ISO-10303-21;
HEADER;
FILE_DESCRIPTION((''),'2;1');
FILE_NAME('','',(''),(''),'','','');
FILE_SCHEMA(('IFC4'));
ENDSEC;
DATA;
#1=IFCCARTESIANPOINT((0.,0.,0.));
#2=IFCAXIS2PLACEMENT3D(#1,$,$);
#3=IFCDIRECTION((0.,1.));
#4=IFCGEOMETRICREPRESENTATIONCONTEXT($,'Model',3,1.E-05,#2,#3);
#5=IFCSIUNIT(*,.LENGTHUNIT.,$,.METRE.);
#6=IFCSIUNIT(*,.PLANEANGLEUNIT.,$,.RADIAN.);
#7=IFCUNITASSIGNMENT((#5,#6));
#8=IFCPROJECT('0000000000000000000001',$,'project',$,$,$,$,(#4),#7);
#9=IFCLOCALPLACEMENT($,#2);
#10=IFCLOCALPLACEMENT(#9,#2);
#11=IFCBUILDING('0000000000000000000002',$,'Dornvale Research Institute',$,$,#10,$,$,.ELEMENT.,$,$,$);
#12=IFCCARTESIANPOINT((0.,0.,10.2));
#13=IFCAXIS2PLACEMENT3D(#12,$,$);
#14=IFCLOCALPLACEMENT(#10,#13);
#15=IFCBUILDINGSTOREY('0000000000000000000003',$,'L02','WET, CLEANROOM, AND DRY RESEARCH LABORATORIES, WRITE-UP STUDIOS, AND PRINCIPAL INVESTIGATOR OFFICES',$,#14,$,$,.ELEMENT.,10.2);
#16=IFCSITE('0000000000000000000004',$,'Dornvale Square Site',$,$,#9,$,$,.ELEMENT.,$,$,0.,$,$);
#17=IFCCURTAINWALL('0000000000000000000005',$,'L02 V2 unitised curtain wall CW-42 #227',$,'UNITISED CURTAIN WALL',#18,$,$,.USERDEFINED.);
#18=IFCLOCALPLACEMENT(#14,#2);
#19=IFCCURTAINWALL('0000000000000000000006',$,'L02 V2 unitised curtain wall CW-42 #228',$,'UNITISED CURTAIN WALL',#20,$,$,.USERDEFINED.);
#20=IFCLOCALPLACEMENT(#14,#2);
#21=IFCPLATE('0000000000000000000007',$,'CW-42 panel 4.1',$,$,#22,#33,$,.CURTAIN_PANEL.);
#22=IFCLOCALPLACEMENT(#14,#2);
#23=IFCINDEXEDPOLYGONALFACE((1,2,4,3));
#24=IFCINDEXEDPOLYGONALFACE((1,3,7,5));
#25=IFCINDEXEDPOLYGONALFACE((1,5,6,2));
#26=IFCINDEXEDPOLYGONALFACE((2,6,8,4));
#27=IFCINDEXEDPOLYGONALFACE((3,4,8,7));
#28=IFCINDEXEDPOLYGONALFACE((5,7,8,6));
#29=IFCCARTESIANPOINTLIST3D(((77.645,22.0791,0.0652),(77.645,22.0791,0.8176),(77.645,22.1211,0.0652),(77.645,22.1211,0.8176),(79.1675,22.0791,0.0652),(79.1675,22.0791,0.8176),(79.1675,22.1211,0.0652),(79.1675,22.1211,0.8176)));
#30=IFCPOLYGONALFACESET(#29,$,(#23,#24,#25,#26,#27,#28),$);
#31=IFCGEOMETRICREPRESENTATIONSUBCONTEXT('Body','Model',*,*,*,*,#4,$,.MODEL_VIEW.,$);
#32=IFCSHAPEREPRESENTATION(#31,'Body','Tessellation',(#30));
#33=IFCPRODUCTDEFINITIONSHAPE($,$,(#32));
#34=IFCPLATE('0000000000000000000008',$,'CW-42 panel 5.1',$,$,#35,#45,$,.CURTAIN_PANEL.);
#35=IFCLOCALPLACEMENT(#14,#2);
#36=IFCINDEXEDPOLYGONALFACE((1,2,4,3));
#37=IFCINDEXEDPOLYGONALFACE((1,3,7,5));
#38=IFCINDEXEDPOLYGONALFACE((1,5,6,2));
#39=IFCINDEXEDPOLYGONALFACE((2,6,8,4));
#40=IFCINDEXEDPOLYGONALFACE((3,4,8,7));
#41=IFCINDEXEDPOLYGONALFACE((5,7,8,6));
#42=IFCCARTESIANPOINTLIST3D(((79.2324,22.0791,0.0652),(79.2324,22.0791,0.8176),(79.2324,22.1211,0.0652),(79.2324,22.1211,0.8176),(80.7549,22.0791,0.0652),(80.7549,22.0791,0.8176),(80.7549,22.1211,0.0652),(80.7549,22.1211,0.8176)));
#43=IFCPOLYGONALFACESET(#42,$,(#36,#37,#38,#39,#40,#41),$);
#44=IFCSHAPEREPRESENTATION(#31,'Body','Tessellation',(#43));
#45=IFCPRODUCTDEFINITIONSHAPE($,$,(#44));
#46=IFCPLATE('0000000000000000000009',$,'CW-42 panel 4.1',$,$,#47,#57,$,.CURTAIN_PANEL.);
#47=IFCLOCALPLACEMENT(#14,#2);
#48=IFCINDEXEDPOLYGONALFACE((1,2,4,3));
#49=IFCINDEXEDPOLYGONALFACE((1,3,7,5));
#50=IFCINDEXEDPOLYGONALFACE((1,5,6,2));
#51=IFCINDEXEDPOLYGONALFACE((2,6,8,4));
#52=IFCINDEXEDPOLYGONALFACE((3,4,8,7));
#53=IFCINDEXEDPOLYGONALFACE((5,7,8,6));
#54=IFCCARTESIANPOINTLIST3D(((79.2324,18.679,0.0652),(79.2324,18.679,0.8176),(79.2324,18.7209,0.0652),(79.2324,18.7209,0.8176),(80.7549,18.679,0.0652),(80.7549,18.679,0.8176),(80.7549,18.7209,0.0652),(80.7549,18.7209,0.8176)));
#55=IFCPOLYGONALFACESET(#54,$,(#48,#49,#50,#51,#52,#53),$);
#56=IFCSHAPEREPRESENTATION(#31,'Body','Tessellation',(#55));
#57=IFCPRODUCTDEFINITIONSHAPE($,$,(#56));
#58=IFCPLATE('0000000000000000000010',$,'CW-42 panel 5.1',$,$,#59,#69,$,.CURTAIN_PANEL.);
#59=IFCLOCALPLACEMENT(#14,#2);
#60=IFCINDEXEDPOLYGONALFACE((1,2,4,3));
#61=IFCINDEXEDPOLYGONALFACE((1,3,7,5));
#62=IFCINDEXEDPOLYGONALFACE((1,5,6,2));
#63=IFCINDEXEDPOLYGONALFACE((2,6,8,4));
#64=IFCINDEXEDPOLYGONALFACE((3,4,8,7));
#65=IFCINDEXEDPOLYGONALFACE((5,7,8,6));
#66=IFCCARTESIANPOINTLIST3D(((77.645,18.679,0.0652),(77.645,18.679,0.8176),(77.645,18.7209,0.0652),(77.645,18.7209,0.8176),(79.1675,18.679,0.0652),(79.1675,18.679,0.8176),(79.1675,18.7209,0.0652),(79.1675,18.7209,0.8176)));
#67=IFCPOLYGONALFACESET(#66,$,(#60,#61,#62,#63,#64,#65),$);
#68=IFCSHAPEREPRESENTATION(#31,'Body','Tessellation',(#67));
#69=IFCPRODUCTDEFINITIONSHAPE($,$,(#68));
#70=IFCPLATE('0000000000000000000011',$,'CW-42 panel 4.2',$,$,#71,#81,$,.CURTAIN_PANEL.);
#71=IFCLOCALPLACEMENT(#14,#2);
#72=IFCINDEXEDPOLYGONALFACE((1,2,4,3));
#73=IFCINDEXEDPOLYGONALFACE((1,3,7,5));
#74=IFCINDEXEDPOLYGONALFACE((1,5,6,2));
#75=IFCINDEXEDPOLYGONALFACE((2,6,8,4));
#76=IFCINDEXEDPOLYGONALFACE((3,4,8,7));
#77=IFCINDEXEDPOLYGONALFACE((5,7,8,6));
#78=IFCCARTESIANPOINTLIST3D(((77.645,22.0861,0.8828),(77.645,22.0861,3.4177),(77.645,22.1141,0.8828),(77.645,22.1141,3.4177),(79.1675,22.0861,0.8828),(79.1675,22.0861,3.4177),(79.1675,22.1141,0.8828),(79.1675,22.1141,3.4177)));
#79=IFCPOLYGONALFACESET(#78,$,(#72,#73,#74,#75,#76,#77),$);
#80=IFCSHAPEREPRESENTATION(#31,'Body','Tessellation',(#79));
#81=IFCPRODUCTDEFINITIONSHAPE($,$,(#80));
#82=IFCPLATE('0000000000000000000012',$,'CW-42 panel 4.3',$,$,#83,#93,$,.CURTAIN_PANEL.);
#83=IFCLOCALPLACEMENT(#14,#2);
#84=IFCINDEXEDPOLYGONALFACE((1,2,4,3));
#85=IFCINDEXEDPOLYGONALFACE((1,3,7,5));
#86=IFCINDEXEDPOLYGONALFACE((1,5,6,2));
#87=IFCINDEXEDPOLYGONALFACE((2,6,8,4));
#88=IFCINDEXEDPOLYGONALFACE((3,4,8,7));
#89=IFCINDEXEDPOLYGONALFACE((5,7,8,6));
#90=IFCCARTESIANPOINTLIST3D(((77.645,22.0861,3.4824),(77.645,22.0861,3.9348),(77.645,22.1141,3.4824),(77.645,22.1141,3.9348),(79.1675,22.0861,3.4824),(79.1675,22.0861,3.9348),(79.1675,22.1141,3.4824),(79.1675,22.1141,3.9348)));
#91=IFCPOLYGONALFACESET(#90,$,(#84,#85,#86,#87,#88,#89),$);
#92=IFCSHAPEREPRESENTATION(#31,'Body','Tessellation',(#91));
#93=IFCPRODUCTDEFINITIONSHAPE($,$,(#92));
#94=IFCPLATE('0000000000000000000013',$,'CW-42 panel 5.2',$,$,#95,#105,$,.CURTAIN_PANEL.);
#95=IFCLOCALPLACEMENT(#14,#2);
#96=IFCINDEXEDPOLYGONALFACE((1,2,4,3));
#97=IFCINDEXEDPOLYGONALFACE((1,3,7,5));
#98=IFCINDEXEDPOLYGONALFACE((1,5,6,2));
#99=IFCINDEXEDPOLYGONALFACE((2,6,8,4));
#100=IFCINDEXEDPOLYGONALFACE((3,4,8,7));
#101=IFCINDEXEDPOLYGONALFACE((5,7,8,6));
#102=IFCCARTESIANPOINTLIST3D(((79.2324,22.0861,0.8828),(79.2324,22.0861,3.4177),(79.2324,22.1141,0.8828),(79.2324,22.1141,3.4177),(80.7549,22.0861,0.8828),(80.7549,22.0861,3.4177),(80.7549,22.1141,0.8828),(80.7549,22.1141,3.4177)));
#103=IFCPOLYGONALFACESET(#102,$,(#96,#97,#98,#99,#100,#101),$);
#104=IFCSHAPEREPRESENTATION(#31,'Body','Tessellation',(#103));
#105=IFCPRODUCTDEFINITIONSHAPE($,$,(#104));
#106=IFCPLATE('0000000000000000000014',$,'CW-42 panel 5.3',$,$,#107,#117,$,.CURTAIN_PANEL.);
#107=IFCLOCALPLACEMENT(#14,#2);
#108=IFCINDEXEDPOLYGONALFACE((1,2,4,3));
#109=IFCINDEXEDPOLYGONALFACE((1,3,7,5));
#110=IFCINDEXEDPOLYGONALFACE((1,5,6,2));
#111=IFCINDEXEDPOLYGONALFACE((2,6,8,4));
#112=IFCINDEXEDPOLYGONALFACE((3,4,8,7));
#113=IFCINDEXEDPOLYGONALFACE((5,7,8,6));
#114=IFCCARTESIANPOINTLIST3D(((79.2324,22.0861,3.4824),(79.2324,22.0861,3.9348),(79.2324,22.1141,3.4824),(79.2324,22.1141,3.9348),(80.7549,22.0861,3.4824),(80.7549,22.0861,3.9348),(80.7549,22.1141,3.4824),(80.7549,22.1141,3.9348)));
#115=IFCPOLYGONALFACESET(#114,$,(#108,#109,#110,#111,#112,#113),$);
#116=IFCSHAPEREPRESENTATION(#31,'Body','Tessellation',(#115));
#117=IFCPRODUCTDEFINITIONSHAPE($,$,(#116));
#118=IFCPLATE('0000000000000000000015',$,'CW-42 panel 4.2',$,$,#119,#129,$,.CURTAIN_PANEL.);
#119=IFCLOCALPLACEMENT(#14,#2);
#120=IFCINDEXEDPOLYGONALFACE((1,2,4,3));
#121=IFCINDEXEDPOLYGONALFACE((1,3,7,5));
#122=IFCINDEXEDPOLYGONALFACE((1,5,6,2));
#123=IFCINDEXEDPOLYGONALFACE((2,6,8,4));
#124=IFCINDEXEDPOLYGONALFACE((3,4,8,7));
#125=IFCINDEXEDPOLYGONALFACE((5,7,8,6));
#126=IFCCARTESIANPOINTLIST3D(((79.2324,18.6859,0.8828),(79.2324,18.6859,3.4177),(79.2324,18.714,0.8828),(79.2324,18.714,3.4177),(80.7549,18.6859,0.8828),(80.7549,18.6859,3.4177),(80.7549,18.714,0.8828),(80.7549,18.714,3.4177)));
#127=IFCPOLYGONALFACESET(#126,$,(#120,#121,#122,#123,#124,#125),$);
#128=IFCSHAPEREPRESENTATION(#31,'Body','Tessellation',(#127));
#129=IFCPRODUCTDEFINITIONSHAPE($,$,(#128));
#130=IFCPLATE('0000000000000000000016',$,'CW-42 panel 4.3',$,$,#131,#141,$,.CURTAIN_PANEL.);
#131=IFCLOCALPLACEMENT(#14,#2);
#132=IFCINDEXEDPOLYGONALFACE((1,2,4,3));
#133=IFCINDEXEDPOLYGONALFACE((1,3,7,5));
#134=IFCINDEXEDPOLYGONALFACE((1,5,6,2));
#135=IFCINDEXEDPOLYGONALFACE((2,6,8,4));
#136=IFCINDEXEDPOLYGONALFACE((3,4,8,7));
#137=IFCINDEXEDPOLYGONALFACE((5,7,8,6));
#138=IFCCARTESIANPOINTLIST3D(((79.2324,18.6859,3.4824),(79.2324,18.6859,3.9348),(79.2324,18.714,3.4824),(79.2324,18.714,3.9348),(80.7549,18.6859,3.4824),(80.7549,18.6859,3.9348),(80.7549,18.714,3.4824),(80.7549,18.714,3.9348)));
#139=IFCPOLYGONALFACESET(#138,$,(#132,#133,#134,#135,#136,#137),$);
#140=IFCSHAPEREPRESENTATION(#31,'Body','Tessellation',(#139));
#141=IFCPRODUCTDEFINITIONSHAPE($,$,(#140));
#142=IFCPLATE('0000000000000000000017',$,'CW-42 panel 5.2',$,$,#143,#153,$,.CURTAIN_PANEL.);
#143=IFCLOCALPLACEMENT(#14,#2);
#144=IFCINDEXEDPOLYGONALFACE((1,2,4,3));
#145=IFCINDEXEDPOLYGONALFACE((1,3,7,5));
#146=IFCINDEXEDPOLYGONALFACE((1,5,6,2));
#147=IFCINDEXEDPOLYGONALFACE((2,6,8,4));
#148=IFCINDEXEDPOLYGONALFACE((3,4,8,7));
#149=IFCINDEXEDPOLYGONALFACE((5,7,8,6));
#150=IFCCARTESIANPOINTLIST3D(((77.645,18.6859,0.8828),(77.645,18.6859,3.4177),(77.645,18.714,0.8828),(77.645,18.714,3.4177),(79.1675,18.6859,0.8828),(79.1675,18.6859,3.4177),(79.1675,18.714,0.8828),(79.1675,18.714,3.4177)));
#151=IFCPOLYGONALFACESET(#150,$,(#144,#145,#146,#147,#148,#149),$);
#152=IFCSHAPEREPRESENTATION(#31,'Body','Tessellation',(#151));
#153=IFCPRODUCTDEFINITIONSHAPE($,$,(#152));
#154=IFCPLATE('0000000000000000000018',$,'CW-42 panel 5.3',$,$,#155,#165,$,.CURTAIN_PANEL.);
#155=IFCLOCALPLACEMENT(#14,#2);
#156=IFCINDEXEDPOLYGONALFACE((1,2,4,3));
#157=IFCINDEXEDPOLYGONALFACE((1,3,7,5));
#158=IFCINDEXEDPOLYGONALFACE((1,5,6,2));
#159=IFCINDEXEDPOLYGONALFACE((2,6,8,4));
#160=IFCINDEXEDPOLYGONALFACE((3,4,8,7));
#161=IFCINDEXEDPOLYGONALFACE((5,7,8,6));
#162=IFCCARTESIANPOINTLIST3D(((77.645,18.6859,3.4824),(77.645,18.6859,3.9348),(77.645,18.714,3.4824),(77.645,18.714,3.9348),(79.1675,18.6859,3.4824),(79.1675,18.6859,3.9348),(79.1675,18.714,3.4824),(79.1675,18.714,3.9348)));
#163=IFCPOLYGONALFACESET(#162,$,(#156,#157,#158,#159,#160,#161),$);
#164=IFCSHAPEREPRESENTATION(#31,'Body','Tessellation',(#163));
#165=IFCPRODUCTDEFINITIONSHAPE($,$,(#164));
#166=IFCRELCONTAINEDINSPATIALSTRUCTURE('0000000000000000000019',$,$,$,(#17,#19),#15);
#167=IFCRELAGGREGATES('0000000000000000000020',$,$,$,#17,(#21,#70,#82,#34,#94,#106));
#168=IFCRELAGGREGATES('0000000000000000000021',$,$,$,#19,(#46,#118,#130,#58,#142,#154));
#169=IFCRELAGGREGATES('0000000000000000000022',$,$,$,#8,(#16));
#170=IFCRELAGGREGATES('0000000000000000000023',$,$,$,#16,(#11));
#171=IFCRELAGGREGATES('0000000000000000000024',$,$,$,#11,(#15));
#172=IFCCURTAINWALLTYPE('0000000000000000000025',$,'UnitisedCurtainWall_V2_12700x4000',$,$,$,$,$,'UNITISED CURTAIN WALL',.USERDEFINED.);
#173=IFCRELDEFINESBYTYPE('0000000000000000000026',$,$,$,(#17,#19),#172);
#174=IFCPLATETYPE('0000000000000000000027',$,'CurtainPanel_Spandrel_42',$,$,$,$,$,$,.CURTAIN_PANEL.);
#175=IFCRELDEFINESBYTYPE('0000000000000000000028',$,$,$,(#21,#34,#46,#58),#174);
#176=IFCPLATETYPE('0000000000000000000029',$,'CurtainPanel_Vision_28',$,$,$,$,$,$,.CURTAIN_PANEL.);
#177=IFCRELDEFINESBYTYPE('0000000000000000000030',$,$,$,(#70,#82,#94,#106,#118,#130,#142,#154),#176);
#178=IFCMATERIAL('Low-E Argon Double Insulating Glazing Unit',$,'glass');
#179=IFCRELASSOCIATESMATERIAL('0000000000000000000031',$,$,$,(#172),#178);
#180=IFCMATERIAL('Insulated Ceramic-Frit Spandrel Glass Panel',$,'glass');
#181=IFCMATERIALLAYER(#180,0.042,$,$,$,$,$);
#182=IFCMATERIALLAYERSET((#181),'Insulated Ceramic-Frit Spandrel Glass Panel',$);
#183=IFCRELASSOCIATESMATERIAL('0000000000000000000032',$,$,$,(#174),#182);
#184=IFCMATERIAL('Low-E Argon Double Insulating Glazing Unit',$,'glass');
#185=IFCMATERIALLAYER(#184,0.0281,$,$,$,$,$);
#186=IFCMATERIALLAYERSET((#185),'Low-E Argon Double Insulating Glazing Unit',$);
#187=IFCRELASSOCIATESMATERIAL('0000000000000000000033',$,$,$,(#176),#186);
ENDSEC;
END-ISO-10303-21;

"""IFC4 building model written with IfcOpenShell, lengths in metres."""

from ifc_helpers import new_model, si_unit, direction, frame, origin, origin_2d, place, context, subcontext, project, spatial, rectangle, extrude, material, layer, layer_set, type_object, element, aggregate, save


model = new_model("IFC4")

# Units and contexts
model_context = context("Model", 3, precision=1e-05, world=origin(), true_north=direction((0.0, 1.0)))
body_context = subcontext(model_context, "Body", "Model", "MODEL_VIEW")
ifc_project = project(units=[si_unit("LENGTHUNIT", "METRE"), si_unit("PLANEANGLEUNIT", "RADIAN")], contexts=[model_context])

# Site, building, storey
site_placement = place(None, origin())
site = spatial("IfcSite", under=ifc_project, at=site_placement, Name="Dornvale Square Site", CompositionType="ELEMENT", RefElevation=0.0)
building_placement = place(site_placement, origin())
building = spatial("IfcBuilding", under=site, at=building_placement, Name="Dornvale Research Institute", CompositionType="ELEMENT")
storey_placement = place(building_placement, frame((0.0, 0.0, 10.2)))
storey = spatial("IfcBuildingStorey", under=building, at=storey_placement, Name="L02", Description="WET, CLEANROOM, AND DRY RESEARCH LABORATORIES, WRITE-UP STUDIOS, AND PRINCIPAL INVESTIGATOR OFFICES", CompositionType="ELEMENT", Elevation=10.2)

# Curtain walls
ifc_material_1 = material(Name="Low-E Argon Double Insulating Glazing Unit", Category="glass")
curtain_wall_type = type_object("IfcCurtainWallType", Name="UnitisedCurtainWall_V2_12700x4000", ElementType="UNITISED CURTAIN WALL", PredefinedType="USERDEFINED", material=ifc_material_1)
curtain_wall_1_placement = place(storey_placement, origin())
curtain_wall_1 = element("IfcCurtainWall", 1, at=curtain_wall_1_placement, inside=storey, type_object=curtain_wall_type, Name="L02 V2 unitised curtain wall CW-42 #227", ObjectType="UNITISED CURTAIN WALL", PredefinedType="USERDEFINED")
curtain_wall_2_placement = place(storey_placement, origin())
curtain_wall_2 = element("IfcCurtainWall", 2, at=curtain_wall_2_placement, inside=storey, type_object=curtain_wall_type, Name="L02 V2 unitised curtain wall CW-42 #228", ObjectType="UNITISED CURTAIN WALL", PredefinedType="USERDEFINED")

# Plates
ifc_material_2 = material(Name="Insulated Ceramic-Frit Spandrel Glass Panel", Category="glass")
ifc_layer_1 = layer(ifc_material_2, 0.042)
ifc_layer_set_1 = layer_set([ifc_layer_1], Name="Insulated Ceramic-Frit Spandrel Glass Panel")
plate_type_1 = type_object("IfcPlateType", Name="CurtainPanel_Spandrel_42", PredefinedType="CURTAIN_PANEL", material=ifc_layer_set_1)
plate_1_placement = place(storey_placement, frame((78.4062, 22.1001, 0.0652), z_axis=(0.0, 0.0, 1.0), x_axis=(1.0, 0.0, 0.0)))
plate_1 = element("IfcPlate", 3, at=plate_1_placement, type_object=plate_type_1, Name="CW-42 panel 4.1", PredefinedType="CURTAIN_PANEL", context=body_context, shape_type="SweptSolid", body=[
    extrude(rectangle(XDim=1.5225, YDim=0.042, at=origin_2d()), origin(), (0.0, 0.0, 1.0), 0.7524),
])
plate_2_placement = place(storey_placement, frame((79.9937, 22.1001, 0.0652), z_axis=(0.0, 0.0, 1.0), x_axis=(1.0, 0.0, 0.0)))
plate_2 = element("IfcPlate", 4, at=plate_2_placement, type_object=plate_type_1, Name="CW-42 panel 5.1", PredefinedType="CURTAIN_PANEL", context=body_context, shape_type="SweptSolid", body=[
    extrude(rectangle(XDim=1.5225, YDim=0.042, at=origin_2d()), origin(), (0.0, 0.0, 1.0), 0.7524),
])
plate_3_placement = place(storey_placement, frame((79.9937, 18.7, 0.0652), z_axis=(0.0, 0.0, 1.0), x_axis=(-1.0, 0.0, 0.0)))
plate_3 = element("IfcPlate", 5, at=plate_3_placement, type_object=plate_type_1, Name="CW-42 panel 4.1", PredefinedType="CURTAIN_PANEL", context=body_context, shape_type="SweptSolid", body=[
    extrude(rectangle(XDim=1.5225, YDim=0.042, at=origin_2d()), origin(), (0.0, 0.0, 1.0), 0.7524),
])
plate_4_placement = place(storey_placement, frame((78.4062, 18.7, 0.0652), z_axis=(0.0, 0.0, 1.0), x_axis=(-1.0, 0.0, 0.0)))
plate_4 = element("IfcPlate", 6, at=plate_4_placement, type_object=plate_type_1, Name="CW-42 panel 5.1", PredefinedType="CURTAIN_PANEL", context=body_context, shape_type="SweptSolid", body=[
    extrude(rectangle(XDim=1.5225, YDim=0.042, at=origin_2d()), origin(), (0.0, 0.0, 1.0), 0.7524),
])
ifc_material_3 = material(Name="Low-E Argon Double Insulating Glazing Unit", Category="glass")
ifc_layer_2 = layer(ifc_material_3, 0.0281)
ifc_layer_set_2 = layer_set([ifc_layer_2], Name="Low-E Argon Double Insulating Glazing Unit")
plate_type_2 = type_object("IfcPlateType", Name="CurtainPanel_Vision_28", PredefinedType="CURTAIN_PANEL", material=ifc_layer_set_2)
plate_5_placement = place(storey_placement, frame((78.4062, 22.1001, 0.8828), z_axis=(0.0, 0.0, 1.0), x_axis=(1.0, 0.0, 0.0)))
plate_5 = element("IfcPlate", 7, at=plate_5_placement, type_object=plate_type_2, Name="CW-42 panel 4.2", PredefinedType="CURTAIN_PANEL", context=body_context, shape_type="SweptSolid", body=[
    extrude(rectangle(XDim=1.5225, YDim=0.0281, at=origin_2d()), origin(), (0.0, 0.0, 1.0), 2.5349),
])
plate_6_placement = place(storey_placement, frame((78.4062, 22.1001, 3.4824), z_axis=(0.0, 0.0, 1.0), x_axis=(1.0, 0.0, 0.0)))
plate_6 = element("IfcPlate", 8, at=plate_6_placement, type_object=plate_type_2, Name="CW-42 panel 4.3", PredefinedType="CURTAIN_PANEL", context=body_context, shape_type="SweptSolid", body=[
    extrude(rectangle(XDim=1.5225, YDim=0.0281, at=origin_2d()), origin(), (0.0, 0.0, 1.0), 0.4524),
])
plate_7_placement = place(storey_placement, frame((79.9937, 22.1001, 0.8828), z_axis=(0.0, 0.0, 1.0), x_axis=(1.0, 0.0, 0.0)))
plate_7 = element("IfcPlate", 9, at=plate_7_placement, type_object=plate_type_2, Name="CW-42 panel 5.2", PredefinedType="CURTAIN_PANEL", context=body_context, shape_type="SweptSolid", body=[
    extrude(rectangle(XDim=1.5225, YDim=0.0281, at=origin_2d()), origin(), (0.0, 0.0, 1.0), 2.5349),
])
plate_8_placement = place(storey_placement, frame((79.9937, 22.1001, 3.4824), z_axis=(0.0, 0.0, 1.0), x_axis=(1.0, 0.0, 0.0)))
plate_8 = element("IfcPlate", 10, at=plate_8_placement, type_object=plate_type_2, Name="CW-42 panel 5.3", PredefinedType="CURTAIN_PANEL", context=body_context, shape_type="SweptSolid", body=[
    extrude(rectangle(XDim=1.5225, YDim=0.0281, at=origin_2d()), origin(), (0.0, 0.0, 1.0), 0.4524),
])
aggregate(curtain_wall_1, [plate_1, plate_5, plate_6, plate_2, plate_7, plate_8])
plate_9_placement = place(storey_placement, frame((79.9937, 18.7, 0.8828), z_axis=(0.0, 0.0, 1.0), x_axis=(-1.0, 0.0, 0.0)))
plate_9 = element("IfcPlate", 11, at=plate_9_placement, type_object=plate_type_2, Name="CW-42 panel 4.2", PredefinedType="CURTAIN_PANEL", context=body_context, shape_type="SweptSolid", body=[
    extrude(rectangle(XDim=1.5225, YDim=0.0281, at=origin_2d()), origin(), (0.0, 0.0, 1.0), 2.5349),
])
plate_10_placement = place(storey_placement, frame((79.9937, 18.7, 3.4824), z_axis=(0.0, 0.0, 1.0), x_axis=(-1.0, 0.0, 0.0)))
plate_10 = element("IfcPlate", 12, at=plate_10_placement, type_object=plate_type_2, Name="CW-42 panel 4.3", PredefinedType="CURTAIN_PANEL", context=body_context, shape_type="SweptSolid", body=[
    extrude(rectangle(XDim=1.5225, YDim=0.0281, at=origin_2d()), origin(), (0.0, 0.0, 1.0), 0.4524),
])
plate_11_placement = place(storey_placement, frame((78.4062, 18.7, 0.8828), z_axis=(0.0, 0.0, 1.0), x_axis=(-1.0, 0.0, 0.0)))
plate_11 = element("IfcPlate", 13, at=plate_11_placement, type_object=plate_type_2, Name="CW-42 panel 5.2", PredefinedType="CURTAIN_PANEL", context=body_context, shape_type="SweptSolid", body=[
    extrude(rectangle(XDim=1.5225, YDim=0.0281, at=origin_2d()), origin(), (0.0, 0.0, 1.0), 2.5349),
])
plate_12_placement = place(storey_placement, frame((78.4062, 18.7, 3.4824), z_axis=(0.0, 0.0, 1.0), x_axis=(-1.0, 0.0, 0.0)))
plate_12 = element("IfcPlate", 14, at=plate_12_placement, type_object=plate_type_2, Name="CW-42 panel 5.3", PredefinedType="CURTAIN_PANEL", context=body_context, shape_type="SweptSolid", body=[
    extrude(rectangle(XDim=1.5225, YDim=0.0281, at=origin_2d()), origin(), (0.0, 0.0, 1.0), 0.4524),
])
aggregate(curtain_wall_2, [plate_3, plate_9, plate_10, plate_4, plate_11, plate_12])

save(model, "model.ifc")
